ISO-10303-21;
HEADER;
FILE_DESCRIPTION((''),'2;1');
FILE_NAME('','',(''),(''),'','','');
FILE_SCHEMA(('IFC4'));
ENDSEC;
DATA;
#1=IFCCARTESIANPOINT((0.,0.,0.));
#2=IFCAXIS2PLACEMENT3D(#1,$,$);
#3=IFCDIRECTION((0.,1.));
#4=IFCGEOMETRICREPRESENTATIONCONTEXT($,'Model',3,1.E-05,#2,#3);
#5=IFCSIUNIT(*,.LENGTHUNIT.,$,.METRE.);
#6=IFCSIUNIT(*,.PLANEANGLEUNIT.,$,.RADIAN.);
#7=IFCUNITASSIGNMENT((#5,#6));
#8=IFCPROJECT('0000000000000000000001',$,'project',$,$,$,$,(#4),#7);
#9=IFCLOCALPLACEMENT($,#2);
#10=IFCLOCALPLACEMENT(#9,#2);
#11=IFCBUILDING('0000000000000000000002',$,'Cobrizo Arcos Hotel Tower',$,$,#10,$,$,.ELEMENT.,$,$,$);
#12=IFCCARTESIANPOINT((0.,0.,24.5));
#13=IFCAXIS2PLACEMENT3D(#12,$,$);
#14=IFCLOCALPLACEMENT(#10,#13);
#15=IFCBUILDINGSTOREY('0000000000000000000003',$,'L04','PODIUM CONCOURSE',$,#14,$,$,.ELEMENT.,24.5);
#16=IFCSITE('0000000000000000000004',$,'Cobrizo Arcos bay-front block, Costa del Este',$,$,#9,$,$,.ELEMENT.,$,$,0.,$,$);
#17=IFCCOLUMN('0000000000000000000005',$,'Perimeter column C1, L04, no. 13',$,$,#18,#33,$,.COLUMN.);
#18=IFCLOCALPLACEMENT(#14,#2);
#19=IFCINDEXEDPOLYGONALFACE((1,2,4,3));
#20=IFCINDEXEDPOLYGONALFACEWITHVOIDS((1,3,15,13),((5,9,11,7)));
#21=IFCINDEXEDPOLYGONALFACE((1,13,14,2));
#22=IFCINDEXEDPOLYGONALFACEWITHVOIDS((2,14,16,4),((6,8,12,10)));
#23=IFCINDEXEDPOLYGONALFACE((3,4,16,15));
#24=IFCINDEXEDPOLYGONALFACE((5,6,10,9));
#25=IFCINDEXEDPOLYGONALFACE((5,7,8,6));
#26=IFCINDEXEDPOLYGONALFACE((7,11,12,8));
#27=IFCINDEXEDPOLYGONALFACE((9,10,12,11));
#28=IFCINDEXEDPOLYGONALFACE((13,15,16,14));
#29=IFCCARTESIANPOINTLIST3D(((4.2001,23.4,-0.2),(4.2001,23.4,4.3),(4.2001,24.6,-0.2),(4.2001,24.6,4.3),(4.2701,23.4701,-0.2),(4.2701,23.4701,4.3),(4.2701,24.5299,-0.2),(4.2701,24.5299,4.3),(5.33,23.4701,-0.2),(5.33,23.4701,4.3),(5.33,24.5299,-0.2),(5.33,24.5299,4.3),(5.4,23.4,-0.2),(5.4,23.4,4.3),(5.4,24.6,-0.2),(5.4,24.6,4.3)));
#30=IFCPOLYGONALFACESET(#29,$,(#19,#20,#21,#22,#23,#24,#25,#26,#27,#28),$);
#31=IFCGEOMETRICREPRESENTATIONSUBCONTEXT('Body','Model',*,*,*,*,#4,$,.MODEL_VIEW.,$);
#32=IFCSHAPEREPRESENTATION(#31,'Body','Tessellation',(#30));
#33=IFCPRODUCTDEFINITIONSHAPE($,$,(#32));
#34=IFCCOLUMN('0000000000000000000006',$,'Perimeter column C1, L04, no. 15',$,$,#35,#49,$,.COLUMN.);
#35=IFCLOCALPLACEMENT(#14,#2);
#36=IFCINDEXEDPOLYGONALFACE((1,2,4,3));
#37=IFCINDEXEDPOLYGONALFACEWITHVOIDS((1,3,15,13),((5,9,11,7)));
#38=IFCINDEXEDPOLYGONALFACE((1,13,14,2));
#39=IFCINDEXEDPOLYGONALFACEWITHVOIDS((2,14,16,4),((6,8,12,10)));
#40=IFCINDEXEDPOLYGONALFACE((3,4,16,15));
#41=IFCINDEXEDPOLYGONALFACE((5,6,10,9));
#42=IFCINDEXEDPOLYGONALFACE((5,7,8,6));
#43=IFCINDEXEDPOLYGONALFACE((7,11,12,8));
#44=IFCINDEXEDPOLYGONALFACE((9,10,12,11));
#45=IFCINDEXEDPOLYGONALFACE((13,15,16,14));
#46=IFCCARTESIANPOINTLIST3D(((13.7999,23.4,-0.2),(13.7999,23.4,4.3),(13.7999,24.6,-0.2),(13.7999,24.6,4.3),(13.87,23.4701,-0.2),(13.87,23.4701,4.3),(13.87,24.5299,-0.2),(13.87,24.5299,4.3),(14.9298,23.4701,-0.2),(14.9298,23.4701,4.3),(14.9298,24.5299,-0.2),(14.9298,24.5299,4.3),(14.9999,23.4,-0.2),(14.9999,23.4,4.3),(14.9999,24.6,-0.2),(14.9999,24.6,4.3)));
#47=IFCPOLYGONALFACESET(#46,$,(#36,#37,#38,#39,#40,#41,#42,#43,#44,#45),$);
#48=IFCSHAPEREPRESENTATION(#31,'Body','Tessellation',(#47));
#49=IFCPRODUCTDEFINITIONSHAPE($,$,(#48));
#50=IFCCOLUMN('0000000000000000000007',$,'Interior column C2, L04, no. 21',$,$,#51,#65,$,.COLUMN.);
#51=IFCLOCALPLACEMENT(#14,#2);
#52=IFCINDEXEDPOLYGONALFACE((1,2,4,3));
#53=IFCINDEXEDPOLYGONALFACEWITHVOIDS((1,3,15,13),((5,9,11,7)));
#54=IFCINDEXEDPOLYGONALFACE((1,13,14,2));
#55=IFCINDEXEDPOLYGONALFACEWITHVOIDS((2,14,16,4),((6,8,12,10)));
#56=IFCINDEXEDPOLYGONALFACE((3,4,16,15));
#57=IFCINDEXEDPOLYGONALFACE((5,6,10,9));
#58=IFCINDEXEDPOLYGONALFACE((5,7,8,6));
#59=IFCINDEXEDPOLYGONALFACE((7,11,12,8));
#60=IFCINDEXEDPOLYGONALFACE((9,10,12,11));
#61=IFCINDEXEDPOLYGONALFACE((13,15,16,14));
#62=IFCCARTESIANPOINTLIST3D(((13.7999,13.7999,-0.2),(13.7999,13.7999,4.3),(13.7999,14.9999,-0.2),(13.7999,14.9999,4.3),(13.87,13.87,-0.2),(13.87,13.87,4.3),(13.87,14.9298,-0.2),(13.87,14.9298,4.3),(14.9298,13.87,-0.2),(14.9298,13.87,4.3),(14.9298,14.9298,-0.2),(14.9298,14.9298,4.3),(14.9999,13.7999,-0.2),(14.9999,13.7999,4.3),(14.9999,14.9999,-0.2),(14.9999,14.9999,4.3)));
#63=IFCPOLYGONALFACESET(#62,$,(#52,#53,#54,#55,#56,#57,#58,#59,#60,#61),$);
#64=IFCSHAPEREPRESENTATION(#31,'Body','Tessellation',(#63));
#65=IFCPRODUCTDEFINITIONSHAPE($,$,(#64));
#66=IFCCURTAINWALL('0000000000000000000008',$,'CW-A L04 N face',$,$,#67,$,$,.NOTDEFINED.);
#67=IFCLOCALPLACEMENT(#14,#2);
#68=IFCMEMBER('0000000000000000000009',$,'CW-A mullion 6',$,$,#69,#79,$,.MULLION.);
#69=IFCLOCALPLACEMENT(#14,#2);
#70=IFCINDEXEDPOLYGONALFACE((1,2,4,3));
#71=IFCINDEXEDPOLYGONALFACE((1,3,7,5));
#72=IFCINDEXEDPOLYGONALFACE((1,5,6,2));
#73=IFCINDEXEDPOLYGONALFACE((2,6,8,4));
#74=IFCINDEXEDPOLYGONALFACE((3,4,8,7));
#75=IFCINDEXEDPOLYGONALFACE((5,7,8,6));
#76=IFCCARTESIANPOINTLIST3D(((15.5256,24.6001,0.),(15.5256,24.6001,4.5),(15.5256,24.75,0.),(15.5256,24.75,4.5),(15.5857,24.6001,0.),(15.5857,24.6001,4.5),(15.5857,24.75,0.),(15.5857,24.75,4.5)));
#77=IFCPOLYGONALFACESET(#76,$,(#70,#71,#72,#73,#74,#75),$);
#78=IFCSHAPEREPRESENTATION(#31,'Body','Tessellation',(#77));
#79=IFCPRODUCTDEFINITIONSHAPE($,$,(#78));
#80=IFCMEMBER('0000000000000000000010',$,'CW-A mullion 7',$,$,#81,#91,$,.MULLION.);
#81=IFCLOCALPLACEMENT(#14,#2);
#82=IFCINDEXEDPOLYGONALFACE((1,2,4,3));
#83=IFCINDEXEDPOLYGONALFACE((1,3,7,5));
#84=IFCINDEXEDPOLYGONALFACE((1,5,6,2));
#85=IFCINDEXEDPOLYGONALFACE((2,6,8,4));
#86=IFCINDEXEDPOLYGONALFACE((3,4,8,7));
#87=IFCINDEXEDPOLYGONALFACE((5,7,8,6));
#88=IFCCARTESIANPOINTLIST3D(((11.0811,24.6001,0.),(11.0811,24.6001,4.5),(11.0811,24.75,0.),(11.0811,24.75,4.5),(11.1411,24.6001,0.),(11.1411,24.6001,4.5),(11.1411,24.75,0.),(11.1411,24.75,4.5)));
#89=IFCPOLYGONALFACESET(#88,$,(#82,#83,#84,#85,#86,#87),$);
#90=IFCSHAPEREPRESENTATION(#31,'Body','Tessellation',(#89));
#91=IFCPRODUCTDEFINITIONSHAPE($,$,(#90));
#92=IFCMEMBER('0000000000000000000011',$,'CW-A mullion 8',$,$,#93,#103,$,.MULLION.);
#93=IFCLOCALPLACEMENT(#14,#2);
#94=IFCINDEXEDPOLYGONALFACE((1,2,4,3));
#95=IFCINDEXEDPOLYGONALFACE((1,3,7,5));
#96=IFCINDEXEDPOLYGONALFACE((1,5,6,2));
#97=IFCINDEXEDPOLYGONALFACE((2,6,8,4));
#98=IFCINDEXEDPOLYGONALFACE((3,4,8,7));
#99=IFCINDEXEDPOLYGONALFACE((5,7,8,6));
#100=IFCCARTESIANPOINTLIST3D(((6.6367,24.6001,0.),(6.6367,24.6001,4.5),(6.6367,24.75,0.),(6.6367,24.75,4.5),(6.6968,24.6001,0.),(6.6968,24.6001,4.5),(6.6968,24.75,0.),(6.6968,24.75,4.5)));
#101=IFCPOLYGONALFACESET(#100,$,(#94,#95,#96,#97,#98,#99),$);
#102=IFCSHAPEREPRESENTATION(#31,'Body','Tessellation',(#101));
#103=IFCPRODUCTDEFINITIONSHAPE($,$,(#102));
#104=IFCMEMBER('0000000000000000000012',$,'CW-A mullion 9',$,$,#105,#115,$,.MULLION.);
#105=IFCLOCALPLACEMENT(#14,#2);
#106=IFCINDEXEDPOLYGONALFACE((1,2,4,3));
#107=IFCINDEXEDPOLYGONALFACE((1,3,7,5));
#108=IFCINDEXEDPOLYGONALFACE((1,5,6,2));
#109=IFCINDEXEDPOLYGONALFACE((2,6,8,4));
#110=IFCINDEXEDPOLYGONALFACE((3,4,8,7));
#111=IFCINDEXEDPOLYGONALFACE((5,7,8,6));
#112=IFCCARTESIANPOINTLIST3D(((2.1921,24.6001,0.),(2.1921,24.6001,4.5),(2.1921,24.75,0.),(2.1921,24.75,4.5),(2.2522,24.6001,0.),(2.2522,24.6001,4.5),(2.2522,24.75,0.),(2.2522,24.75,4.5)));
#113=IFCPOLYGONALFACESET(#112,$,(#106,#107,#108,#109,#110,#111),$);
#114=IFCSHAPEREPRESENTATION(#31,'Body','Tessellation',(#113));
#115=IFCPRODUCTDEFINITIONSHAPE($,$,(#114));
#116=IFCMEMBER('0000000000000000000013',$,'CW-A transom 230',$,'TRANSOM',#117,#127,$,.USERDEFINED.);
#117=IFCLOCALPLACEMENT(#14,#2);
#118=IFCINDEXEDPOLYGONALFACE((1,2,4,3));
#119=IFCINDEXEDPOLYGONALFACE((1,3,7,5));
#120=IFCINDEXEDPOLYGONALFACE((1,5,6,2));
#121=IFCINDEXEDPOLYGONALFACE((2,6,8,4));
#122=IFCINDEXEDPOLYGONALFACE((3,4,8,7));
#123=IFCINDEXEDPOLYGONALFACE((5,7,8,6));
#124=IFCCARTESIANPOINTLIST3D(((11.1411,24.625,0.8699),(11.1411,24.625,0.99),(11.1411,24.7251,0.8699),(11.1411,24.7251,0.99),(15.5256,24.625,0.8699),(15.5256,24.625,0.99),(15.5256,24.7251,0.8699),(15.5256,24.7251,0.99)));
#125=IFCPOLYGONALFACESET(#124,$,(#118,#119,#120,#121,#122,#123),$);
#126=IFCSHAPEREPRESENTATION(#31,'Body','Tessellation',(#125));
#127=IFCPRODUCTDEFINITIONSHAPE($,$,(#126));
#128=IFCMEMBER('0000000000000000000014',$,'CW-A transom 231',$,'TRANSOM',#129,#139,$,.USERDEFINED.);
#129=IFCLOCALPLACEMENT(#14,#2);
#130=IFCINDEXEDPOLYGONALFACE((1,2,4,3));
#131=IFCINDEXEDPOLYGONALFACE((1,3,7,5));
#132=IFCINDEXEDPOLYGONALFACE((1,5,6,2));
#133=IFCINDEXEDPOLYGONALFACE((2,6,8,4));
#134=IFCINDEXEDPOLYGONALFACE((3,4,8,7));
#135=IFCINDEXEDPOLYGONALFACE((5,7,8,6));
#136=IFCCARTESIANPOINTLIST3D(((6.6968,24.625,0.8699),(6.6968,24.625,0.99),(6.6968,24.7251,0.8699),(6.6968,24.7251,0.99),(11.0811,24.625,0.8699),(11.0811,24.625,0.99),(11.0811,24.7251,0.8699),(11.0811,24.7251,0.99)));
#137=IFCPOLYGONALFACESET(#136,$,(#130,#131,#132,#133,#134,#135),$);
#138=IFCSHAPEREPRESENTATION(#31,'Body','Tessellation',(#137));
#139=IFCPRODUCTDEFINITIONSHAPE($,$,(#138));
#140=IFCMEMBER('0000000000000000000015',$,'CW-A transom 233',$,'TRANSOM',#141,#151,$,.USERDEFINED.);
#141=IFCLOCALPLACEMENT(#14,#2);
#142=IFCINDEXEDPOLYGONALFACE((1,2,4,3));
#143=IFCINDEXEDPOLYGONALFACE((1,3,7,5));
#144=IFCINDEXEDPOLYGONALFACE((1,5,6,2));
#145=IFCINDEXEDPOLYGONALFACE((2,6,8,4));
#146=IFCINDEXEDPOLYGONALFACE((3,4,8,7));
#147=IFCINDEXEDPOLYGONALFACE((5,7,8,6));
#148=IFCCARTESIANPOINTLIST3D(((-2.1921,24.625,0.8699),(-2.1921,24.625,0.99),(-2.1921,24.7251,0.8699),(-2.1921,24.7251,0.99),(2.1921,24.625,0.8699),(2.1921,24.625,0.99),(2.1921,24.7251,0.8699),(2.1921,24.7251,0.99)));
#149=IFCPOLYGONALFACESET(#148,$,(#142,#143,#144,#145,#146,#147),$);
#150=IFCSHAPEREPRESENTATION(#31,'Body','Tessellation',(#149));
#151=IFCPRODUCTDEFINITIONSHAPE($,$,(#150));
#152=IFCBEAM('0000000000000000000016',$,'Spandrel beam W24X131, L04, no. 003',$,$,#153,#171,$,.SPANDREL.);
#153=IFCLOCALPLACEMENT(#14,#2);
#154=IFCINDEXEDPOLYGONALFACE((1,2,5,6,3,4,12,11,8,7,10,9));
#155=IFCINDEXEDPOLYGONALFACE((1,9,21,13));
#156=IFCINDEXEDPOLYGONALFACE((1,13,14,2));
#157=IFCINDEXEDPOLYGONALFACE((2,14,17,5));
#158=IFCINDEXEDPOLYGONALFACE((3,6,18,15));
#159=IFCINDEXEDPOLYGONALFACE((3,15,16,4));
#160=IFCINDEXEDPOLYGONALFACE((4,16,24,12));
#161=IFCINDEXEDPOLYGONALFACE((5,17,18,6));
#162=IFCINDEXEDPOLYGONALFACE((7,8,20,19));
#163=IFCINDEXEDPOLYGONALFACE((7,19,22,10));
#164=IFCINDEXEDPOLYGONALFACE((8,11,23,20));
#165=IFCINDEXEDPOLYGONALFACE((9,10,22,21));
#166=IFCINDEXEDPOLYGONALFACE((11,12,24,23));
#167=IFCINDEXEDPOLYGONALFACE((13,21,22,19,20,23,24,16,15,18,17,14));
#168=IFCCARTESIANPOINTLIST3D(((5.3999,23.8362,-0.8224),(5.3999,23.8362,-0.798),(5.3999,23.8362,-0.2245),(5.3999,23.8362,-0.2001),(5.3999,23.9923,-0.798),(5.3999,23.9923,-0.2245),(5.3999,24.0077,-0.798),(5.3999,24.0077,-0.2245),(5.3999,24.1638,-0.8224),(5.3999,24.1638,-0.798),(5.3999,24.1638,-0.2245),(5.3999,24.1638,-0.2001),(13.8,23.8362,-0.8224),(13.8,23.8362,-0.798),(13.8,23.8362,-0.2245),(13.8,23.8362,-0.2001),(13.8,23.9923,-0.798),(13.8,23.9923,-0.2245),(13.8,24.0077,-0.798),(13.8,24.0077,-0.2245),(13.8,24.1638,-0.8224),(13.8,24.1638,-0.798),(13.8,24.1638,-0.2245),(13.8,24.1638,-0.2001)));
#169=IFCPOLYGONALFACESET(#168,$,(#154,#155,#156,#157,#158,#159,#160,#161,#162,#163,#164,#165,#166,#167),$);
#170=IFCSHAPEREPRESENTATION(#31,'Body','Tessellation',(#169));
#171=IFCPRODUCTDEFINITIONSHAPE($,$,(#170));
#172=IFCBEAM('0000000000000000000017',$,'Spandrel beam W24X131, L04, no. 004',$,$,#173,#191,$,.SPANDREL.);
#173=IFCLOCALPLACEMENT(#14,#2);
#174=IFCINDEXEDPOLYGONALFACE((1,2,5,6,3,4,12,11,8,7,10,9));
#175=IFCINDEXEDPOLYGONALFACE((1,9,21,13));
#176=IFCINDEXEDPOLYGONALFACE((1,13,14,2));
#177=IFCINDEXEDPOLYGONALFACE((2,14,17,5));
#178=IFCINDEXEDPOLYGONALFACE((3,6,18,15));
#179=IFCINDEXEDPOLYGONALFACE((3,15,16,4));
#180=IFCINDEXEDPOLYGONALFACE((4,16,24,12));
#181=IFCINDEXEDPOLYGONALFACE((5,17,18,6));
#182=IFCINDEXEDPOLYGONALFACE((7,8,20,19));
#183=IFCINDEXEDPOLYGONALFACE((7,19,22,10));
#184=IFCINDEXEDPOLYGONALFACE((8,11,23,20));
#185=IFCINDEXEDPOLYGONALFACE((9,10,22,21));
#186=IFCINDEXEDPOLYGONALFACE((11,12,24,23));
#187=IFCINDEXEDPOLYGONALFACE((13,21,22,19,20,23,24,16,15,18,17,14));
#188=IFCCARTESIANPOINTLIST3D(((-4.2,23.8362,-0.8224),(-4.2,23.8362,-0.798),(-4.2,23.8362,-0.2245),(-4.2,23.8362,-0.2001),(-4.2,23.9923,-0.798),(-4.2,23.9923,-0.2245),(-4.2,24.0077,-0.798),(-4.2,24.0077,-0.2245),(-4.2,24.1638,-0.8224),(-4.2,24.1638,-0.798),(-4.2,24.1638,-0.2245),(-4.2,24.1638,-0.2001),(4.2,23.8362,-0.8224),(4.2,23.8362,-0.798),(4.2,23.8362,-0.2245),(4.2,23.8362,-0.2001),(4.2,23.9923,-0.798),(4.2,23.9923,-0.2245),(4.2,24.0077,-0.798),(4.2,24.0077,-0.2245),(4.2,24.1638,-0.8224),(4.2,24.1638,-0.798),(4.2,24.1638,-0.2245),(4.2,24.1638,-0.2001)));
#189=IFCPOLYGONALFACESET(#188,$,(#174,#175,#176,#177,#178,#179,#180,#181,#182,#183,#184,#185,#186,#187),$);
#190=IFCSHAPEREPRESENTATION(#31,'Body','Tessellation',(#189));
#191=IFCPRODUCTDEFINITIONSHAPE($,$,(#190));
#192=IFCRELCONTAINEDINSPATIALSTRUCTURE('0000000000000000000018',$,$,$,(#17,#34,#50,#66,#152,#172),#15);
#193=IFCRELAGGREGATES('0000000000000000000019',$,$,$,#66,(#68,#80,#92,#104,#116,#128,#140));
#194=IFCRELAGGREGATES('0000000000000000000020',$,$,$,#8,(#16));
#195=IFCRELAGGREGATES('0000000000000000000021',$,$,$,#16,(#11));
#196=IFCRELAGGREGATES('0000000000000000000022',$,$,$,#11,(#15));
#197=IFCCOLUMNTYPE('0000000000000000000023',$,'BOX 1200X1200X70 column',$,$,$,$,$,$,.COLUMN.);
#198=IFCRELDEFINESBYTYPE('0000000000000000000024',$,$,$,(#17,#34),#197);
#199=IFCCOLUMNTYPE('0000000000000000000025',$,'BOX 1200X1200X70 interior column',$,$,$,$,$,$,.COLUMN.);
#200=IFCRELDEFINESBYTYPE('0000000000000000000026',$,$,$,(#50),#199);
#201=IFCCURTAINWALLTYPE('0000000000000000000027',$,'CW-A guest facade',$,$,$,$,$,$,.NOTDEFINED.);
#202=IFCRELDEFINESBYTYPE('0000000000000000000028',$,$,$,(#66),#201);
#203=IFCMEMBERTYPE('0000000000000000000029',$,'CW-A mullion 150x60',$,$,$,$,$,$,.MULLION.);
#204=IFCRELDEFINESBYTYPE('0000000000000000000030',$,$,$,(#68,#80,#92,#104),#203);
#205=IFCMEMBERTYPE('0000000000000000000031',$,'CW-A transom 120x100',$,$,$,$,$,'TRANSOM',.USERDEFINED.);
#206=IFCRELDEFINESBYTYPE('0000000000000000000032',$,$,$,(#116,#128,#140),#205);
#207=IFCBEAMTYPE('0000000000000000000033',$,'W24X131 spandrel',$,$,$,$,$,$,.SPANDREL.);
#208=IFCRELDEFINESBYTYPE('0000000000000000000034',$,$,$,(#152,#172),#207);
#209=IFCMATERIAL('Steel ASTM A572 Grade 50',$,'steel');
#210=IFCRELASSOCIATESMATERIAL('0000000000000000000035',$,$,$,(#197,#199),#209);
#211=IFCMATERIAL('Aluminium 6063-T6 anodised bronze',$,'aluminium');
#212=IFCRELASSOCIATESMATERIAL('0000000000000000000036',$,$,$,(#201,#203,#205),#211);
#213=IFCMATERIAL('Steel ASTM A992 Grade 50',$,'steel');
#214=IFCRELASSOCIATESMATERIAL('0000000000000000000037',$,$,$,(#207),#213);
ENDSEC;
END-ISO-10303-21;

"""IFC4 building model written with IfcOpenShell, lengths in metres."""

from ifc_helpers import new_model, si_unit, direction, frame, origin, origin_2d, place, context, subcontext, project, spatial, rectangle, hollow_rectangle, i_section, extrude, material, material_profile, profile_set, type_object, element, aggregate, save


model = new_model("IFC4")

# Units and contexts
model_context = context("Model", 3, precision=1e-05, world=origin(), true_north=direction((0.0, 1.0)))
body_context = subcontext(model_context, "Body", "Model", "MODEL_VIEW")
ifc_project = project(units=[si_unit("LENGTHUNIT", "METRE"), si_unit("PLANEANGLEUNIT", "RADIAN")], contexts=[model_context])

# Site, building, storey
site_placement = place(None, origin())
site = spatial("IfcSite", under=ifc_project, at=site_placement, Name="Cobrizo Arcos bay-front block, Costa del Este", CompositionType="ELEMENT", RefElevation=0.0)
building_placement = place(site_placement, origin())
building = spatial("IfcBuilding", under=site, at=building_placement, Name="Cobrizo Arcos Hotel Tower", CompositionType="ELEMENT")
storey_placement = place(building_placement, frame((0.0, 0.0, 24.5)))
storey = spatial("IfcBuildingStorey", under=building, at=storey_placement, Name="L04", Description="PODIUM CONCOURSE", CompositionType="ELEMENT", Elevation=24.5)

# Columns
ifc_material_1 = material(Name="Steel ASTM A572 Grade 50", Category="steel")
ifc_material_profile_1 = material_profile(ifc_material_1, hollow_rectangle(XDim=1.2, YDim=1.2, WallThickness=0.0701, at=origin_2d()), Name="BOX 1200X1200X70")
ifc_profile_set_1 = profile_set([ifc_material_profile_1], Name="Steel ASTM A572 Grade 50")
column_type_1 = type_object("IfcColumnType", Name="BOX 1200X1200X70 column", PredefinedType="COLUMN", material=ifc_profile_set_1)
for number, where, z_axis, x_axis, name in (
    (1, (4.8, 24.0, -0.2), (0.0, 0.0, 1.0), (1.0, 0.0, 0.0), "Perimeter column C1, L04, no. 13"),
    (2, (14.3999, 24.0, -0.2), (0.0, 0.0, 1.0), (1.0, 0.0, 0.0), "Perimeter column C1, L04, no. 15"),
):
    element("IfcColumn", number, at=place(storey_placement, frame(where, z_axis=z_axis, x_axis=x_axis)), inside=storey, type_object=column_type_1, Name=name, PredefinedType="COLUMN", context=body_context, shape_type="SweptSolid", body=[
        extrude(hollow_rectangle(XDim=1.2, YDim=1.2, WallThickness=0.0701, at=origin_2d()), origin(), (0.0, 0.0, 1.0), 4.5),
    ])
ifc_material_profile_2 = material_profile(ifc_material_1, hollow_rectangle(XDim=1.2, YDim=1.2, WallThickness=0.0701, at=origin_2d()), Name="BOX 1200X1200X70")
ifc_profile_set_2 = profile_set([ifc_material_profile_2], Name="Steel ASTM A572 Grade 50")
column_type_2 = type_object("IfcColumnType", Name="BOX 1200X1200X70 interior column", PredefinedType="COLUMN", material=ifc_profile_set_2)
column_placement = place(storey_placement, frame((14.3999, 14.3999, -0.2), z_axis=(0.0, 0.0, 1.0), x_axis=(1.0, 0.0, 0.0)))
element("IfcColumn", 3, at=column_placement, inside=storey, type_object=column_type_2, Name="Interior column C2, L04, no. 21", PredefinedType="COLUMN", context=body_context, shape_type="SweptSolid", body=[
    extrude(hollow_rectangle(XDim=1.2, YDim=1.2, WallThickness=0.0701, at=origin_2d()), origin(), (0.0, 0.0, 1.0), 4.5),
])

# Curtain wall, members
ifc_material_2 = material(Name="Aluminium 6063-T6 anodised bronze", Category="aluminium")
curtain_wall_type = type_object("IfcCurtainWallType", Name="CW-A guest facade", PredefinedType="NOTDEFINED", material=ifc_material_2)
curtain_wall_placement = place(storey_placement, origin())
curtain_wall = element("IfcCurtainWall", 4, at=curtain_wall_placement, inside=storey, type_object=curtain_wall_type, Name="CW-A L04 N face", PredefinedType="NOTDEFINED")
ifc_material_profile_3 = material_profile(ifc_material_2, rectangle(XDim=0.1499, YDim=0.0601, at=origin_2d()), Name="CW-A mullion 150x60")
ifc_profile_set_3 = profile_set([ifc_material_profile_3], Name="Aluminium 6063-T6 anodised bronze")
member_type_1 = type_object("IfcMemberType", Name="CW-A mullion 150x60", PredefinedType="MULLION", material=ifc_profile_set_3)
member_1_placement = place(storey_placement, frame((15.5557, 24.675, 0.0), z_axis=(0.0, 0.0, 1.0), x_axis=(0.0, 1.0, 0.0)))
member_1 = element("IfcMember", 5, at=member_1_placement, type_object=member_type_1, Name="CW-A mullion 6", PredefinedType="MULLION", context=body_context, shape_type="SweptSolid", body=[
    extrude(rectangle(XDim=0.1499, YDim=0.0601, at=origin_2d()), origin(), (0.0, 0.0, 1.0), 4.5),
])
member_2_placement = place(storey_placement, frame((11.1111, 24.675, 0.0), z_axis=(0.0, 0.0, 1.0), x_axis=(0.0, 1.0, 0.0)))
member_2 = element("IfcMember", 6, at=member_2_placement, type_object=member_type_1, Name="CW-A mullion 7", PredefinedType="MULLION", context=body_context, shape_type="SweptSolid", body=[
    extrude(rectangle(XDim=0.1499, YDim=0.0601, at=origin_2d()), origin(), (0.0, 0.0, 1.0), 4.5),
])
member_3_placement = place(storey_placement, frame((6.6667, 24.675, 0.0), z_axis=(0.0, 0.0, 1.0), x_axis=(0.0, 1.0, 0.0)))
member_3 = element("IfcMember", 7, at=member_3_placement, type_object=member_type_1, Name="CW-A mullion 8", PredefinedType="MULLION", context=body_context, shape_type="SweptSolid", body=[
    extrude(rectangle(XDim=0.1499, YDim=0.0601, at=origin_2d()), origin(), (0.0, 0.0, 1.0), 4.5),
])
member_4_placement = place(storey_placement, frame((2.2222, 24.675, 0.0), z_axis=(0.0, 0.0, 1.0), x_axis=(0.0, 1.0, 0.0)))
member_4 = element("IfcMember", 8, at=member_4_placement, type_object=member_type_1, Name="CW-A mullion 9", PredefinedType="MULLION", context=body_context, shape_type="SweptSolid", body=[
    extrude(rectangle(XDim=0.1499, YDim=0.0601, at=origin_2d()), origin(), (0.0, 0.0, 1.0), 4.5),
])
ifc_material_profile_4 = material_profile(ifc_material_2, rectangle(XDim=0.1001, YDim=0.1201, at=origin_2d()), Name="CW-A transom 120x100")
ifc_profile_set_4 = profile_set([ifc_material_profile_4], Name="Aluminium 6063-T6 anodised bronze")
member_type_2 = type_object("IfcMemberType", Name="CW-A transom 120x100", ElementType="TRANSOM", PredefinedType="USERDEFINED", material=ifc_profile_set_4)
member_5_placement = place(storey_placement, frame((15.5256, 24.675, 0.9299), z_axis=(-1.0, 0.0, 0.0), x_axis=(0.0, -1.0, 0.0)))
member_5 = element("IfcMember", 9, at=member_5_placement, type_object=member_type_2, Name="CW-A transom 230", ObjectType="TRANSOM", PredefinedType="USERDEFINED", context=body_context, shape_type="SweptSolid", body=[
    extrude(rectangle(XDim=0.1001, YDim=0.1201, at=origin_2d()), origin(), (0.0, 0.0, 1.0), 4.3845),
])
member_6_placement = place(storey_placement, frame((11.0811, 24.675, 0.9299), z_axis=(-1.0, 0.0, 0.0), x_axis=(0.0, -1.0, 0.0)))
member_6 = element("IfcMember", 10, at=member_6_placement, type_object=member_type_2, Name="CW-A transom 231", ObjectType="TRANSOM", PredefinedType="USERDEFINED", context=body_context, shape_type="SweptSolid", body=[
    extrude(rectangle(XDim=0.1001, YDim=0.1201, at=origin_2d()), origin(), (0.0, 0.0, 1.0), 4.3843),
])
member_7_placement = place(storey_placement, frame((2.1921, 24.675, 0.9299), z_axis=(-1.0, 0.0, 0.0), x_axis=(0.0, -1.0, 0.0)))
member_7 = element("IfcMember", 11, at=member_7_placement, type_object=member_type_2, Name="CW-A transom 233", ObjectType="TRANSOM", PredefinedType="USERDEFINED", context=body_context, shape_type="SweptSolid", body=[
    extrude(rectangle(XDim=0.1001, YDim=0.1201, at=origin_2d()), origin(), (0.0, 0.0, 1.0), 4.3843),
])

# Beams
ifc_material_3 = material(Name="Steel ASTM A992 Grade 50", Category="steel")
ifc_material_profile_5 = material_profile(ifc_material_3, i_section(OverallWidth=0.3276, OverallDepth=0.6223, WebThickness=0.0154, FlangeThickness=0.0244, at=origin_2d()), Name="W24X131")
ifc_profile_set_5 = profile_set([ifc_material_profile_5], Name="Steel ASTM A992 Grade 50")
beam_type_1 = type_object("IfcBeamType", Name="W24X131 spandrel", PredefinedType="SPANDREL", material=ifc_profile_set_5)
beam_1_placement = place(storey_placement, frame((13.8, 24.0, -0.5112), z_axis=(-1.0, 0.0, 0.0), x_axis=(0.0, -1.0, 0.0)))
element("IfcBeam", 12, at=beam_1_placement, inside=storey, type_object=beam_type_1, Name="Spandrel beam W24X131, L04, no. 003", PredefinedType="SPANDREL", context=body_context, shape_type="SweptSolid", body=[
    extrude(i_section(OverallWidth=0.3276, OverallDepth=0.6223, WebThickness=0.0154, FlangeThickness=0.0244, at=origin_2d()), origin(), (0.0, 0.0, 1.0), 8.4001),
])
beam_2_placement = place(storey_placement, frame((4.2, 24.0, -0.5112), z_axis=(-1.0, 0.0, 0.0), x_axis=(0.0, -1.0, 0.0)))
element("IfcBeam", 13, at=beam_2_placement, inside=storey, type_object=beam_type_1, Name="Spandrel beam W24X131, L04, no. 004", PredefinedType="SPANDREL", context=body_context, shape_type="SweptSolid", body=[
    extrude(i_section(OverallWidth=0.3276, OverallDepth=0.6223, WebThickness=0.0154, FlangeThickness=0.0244, at=origin_2d()), origin(), (0.0, 0.0, 1.0), 8.3999),
])

aggregate(curtain_wall, [member_1, member_2, member_3, member_4, member_5, member_6, member_7])

save(model, "model.ifc")
